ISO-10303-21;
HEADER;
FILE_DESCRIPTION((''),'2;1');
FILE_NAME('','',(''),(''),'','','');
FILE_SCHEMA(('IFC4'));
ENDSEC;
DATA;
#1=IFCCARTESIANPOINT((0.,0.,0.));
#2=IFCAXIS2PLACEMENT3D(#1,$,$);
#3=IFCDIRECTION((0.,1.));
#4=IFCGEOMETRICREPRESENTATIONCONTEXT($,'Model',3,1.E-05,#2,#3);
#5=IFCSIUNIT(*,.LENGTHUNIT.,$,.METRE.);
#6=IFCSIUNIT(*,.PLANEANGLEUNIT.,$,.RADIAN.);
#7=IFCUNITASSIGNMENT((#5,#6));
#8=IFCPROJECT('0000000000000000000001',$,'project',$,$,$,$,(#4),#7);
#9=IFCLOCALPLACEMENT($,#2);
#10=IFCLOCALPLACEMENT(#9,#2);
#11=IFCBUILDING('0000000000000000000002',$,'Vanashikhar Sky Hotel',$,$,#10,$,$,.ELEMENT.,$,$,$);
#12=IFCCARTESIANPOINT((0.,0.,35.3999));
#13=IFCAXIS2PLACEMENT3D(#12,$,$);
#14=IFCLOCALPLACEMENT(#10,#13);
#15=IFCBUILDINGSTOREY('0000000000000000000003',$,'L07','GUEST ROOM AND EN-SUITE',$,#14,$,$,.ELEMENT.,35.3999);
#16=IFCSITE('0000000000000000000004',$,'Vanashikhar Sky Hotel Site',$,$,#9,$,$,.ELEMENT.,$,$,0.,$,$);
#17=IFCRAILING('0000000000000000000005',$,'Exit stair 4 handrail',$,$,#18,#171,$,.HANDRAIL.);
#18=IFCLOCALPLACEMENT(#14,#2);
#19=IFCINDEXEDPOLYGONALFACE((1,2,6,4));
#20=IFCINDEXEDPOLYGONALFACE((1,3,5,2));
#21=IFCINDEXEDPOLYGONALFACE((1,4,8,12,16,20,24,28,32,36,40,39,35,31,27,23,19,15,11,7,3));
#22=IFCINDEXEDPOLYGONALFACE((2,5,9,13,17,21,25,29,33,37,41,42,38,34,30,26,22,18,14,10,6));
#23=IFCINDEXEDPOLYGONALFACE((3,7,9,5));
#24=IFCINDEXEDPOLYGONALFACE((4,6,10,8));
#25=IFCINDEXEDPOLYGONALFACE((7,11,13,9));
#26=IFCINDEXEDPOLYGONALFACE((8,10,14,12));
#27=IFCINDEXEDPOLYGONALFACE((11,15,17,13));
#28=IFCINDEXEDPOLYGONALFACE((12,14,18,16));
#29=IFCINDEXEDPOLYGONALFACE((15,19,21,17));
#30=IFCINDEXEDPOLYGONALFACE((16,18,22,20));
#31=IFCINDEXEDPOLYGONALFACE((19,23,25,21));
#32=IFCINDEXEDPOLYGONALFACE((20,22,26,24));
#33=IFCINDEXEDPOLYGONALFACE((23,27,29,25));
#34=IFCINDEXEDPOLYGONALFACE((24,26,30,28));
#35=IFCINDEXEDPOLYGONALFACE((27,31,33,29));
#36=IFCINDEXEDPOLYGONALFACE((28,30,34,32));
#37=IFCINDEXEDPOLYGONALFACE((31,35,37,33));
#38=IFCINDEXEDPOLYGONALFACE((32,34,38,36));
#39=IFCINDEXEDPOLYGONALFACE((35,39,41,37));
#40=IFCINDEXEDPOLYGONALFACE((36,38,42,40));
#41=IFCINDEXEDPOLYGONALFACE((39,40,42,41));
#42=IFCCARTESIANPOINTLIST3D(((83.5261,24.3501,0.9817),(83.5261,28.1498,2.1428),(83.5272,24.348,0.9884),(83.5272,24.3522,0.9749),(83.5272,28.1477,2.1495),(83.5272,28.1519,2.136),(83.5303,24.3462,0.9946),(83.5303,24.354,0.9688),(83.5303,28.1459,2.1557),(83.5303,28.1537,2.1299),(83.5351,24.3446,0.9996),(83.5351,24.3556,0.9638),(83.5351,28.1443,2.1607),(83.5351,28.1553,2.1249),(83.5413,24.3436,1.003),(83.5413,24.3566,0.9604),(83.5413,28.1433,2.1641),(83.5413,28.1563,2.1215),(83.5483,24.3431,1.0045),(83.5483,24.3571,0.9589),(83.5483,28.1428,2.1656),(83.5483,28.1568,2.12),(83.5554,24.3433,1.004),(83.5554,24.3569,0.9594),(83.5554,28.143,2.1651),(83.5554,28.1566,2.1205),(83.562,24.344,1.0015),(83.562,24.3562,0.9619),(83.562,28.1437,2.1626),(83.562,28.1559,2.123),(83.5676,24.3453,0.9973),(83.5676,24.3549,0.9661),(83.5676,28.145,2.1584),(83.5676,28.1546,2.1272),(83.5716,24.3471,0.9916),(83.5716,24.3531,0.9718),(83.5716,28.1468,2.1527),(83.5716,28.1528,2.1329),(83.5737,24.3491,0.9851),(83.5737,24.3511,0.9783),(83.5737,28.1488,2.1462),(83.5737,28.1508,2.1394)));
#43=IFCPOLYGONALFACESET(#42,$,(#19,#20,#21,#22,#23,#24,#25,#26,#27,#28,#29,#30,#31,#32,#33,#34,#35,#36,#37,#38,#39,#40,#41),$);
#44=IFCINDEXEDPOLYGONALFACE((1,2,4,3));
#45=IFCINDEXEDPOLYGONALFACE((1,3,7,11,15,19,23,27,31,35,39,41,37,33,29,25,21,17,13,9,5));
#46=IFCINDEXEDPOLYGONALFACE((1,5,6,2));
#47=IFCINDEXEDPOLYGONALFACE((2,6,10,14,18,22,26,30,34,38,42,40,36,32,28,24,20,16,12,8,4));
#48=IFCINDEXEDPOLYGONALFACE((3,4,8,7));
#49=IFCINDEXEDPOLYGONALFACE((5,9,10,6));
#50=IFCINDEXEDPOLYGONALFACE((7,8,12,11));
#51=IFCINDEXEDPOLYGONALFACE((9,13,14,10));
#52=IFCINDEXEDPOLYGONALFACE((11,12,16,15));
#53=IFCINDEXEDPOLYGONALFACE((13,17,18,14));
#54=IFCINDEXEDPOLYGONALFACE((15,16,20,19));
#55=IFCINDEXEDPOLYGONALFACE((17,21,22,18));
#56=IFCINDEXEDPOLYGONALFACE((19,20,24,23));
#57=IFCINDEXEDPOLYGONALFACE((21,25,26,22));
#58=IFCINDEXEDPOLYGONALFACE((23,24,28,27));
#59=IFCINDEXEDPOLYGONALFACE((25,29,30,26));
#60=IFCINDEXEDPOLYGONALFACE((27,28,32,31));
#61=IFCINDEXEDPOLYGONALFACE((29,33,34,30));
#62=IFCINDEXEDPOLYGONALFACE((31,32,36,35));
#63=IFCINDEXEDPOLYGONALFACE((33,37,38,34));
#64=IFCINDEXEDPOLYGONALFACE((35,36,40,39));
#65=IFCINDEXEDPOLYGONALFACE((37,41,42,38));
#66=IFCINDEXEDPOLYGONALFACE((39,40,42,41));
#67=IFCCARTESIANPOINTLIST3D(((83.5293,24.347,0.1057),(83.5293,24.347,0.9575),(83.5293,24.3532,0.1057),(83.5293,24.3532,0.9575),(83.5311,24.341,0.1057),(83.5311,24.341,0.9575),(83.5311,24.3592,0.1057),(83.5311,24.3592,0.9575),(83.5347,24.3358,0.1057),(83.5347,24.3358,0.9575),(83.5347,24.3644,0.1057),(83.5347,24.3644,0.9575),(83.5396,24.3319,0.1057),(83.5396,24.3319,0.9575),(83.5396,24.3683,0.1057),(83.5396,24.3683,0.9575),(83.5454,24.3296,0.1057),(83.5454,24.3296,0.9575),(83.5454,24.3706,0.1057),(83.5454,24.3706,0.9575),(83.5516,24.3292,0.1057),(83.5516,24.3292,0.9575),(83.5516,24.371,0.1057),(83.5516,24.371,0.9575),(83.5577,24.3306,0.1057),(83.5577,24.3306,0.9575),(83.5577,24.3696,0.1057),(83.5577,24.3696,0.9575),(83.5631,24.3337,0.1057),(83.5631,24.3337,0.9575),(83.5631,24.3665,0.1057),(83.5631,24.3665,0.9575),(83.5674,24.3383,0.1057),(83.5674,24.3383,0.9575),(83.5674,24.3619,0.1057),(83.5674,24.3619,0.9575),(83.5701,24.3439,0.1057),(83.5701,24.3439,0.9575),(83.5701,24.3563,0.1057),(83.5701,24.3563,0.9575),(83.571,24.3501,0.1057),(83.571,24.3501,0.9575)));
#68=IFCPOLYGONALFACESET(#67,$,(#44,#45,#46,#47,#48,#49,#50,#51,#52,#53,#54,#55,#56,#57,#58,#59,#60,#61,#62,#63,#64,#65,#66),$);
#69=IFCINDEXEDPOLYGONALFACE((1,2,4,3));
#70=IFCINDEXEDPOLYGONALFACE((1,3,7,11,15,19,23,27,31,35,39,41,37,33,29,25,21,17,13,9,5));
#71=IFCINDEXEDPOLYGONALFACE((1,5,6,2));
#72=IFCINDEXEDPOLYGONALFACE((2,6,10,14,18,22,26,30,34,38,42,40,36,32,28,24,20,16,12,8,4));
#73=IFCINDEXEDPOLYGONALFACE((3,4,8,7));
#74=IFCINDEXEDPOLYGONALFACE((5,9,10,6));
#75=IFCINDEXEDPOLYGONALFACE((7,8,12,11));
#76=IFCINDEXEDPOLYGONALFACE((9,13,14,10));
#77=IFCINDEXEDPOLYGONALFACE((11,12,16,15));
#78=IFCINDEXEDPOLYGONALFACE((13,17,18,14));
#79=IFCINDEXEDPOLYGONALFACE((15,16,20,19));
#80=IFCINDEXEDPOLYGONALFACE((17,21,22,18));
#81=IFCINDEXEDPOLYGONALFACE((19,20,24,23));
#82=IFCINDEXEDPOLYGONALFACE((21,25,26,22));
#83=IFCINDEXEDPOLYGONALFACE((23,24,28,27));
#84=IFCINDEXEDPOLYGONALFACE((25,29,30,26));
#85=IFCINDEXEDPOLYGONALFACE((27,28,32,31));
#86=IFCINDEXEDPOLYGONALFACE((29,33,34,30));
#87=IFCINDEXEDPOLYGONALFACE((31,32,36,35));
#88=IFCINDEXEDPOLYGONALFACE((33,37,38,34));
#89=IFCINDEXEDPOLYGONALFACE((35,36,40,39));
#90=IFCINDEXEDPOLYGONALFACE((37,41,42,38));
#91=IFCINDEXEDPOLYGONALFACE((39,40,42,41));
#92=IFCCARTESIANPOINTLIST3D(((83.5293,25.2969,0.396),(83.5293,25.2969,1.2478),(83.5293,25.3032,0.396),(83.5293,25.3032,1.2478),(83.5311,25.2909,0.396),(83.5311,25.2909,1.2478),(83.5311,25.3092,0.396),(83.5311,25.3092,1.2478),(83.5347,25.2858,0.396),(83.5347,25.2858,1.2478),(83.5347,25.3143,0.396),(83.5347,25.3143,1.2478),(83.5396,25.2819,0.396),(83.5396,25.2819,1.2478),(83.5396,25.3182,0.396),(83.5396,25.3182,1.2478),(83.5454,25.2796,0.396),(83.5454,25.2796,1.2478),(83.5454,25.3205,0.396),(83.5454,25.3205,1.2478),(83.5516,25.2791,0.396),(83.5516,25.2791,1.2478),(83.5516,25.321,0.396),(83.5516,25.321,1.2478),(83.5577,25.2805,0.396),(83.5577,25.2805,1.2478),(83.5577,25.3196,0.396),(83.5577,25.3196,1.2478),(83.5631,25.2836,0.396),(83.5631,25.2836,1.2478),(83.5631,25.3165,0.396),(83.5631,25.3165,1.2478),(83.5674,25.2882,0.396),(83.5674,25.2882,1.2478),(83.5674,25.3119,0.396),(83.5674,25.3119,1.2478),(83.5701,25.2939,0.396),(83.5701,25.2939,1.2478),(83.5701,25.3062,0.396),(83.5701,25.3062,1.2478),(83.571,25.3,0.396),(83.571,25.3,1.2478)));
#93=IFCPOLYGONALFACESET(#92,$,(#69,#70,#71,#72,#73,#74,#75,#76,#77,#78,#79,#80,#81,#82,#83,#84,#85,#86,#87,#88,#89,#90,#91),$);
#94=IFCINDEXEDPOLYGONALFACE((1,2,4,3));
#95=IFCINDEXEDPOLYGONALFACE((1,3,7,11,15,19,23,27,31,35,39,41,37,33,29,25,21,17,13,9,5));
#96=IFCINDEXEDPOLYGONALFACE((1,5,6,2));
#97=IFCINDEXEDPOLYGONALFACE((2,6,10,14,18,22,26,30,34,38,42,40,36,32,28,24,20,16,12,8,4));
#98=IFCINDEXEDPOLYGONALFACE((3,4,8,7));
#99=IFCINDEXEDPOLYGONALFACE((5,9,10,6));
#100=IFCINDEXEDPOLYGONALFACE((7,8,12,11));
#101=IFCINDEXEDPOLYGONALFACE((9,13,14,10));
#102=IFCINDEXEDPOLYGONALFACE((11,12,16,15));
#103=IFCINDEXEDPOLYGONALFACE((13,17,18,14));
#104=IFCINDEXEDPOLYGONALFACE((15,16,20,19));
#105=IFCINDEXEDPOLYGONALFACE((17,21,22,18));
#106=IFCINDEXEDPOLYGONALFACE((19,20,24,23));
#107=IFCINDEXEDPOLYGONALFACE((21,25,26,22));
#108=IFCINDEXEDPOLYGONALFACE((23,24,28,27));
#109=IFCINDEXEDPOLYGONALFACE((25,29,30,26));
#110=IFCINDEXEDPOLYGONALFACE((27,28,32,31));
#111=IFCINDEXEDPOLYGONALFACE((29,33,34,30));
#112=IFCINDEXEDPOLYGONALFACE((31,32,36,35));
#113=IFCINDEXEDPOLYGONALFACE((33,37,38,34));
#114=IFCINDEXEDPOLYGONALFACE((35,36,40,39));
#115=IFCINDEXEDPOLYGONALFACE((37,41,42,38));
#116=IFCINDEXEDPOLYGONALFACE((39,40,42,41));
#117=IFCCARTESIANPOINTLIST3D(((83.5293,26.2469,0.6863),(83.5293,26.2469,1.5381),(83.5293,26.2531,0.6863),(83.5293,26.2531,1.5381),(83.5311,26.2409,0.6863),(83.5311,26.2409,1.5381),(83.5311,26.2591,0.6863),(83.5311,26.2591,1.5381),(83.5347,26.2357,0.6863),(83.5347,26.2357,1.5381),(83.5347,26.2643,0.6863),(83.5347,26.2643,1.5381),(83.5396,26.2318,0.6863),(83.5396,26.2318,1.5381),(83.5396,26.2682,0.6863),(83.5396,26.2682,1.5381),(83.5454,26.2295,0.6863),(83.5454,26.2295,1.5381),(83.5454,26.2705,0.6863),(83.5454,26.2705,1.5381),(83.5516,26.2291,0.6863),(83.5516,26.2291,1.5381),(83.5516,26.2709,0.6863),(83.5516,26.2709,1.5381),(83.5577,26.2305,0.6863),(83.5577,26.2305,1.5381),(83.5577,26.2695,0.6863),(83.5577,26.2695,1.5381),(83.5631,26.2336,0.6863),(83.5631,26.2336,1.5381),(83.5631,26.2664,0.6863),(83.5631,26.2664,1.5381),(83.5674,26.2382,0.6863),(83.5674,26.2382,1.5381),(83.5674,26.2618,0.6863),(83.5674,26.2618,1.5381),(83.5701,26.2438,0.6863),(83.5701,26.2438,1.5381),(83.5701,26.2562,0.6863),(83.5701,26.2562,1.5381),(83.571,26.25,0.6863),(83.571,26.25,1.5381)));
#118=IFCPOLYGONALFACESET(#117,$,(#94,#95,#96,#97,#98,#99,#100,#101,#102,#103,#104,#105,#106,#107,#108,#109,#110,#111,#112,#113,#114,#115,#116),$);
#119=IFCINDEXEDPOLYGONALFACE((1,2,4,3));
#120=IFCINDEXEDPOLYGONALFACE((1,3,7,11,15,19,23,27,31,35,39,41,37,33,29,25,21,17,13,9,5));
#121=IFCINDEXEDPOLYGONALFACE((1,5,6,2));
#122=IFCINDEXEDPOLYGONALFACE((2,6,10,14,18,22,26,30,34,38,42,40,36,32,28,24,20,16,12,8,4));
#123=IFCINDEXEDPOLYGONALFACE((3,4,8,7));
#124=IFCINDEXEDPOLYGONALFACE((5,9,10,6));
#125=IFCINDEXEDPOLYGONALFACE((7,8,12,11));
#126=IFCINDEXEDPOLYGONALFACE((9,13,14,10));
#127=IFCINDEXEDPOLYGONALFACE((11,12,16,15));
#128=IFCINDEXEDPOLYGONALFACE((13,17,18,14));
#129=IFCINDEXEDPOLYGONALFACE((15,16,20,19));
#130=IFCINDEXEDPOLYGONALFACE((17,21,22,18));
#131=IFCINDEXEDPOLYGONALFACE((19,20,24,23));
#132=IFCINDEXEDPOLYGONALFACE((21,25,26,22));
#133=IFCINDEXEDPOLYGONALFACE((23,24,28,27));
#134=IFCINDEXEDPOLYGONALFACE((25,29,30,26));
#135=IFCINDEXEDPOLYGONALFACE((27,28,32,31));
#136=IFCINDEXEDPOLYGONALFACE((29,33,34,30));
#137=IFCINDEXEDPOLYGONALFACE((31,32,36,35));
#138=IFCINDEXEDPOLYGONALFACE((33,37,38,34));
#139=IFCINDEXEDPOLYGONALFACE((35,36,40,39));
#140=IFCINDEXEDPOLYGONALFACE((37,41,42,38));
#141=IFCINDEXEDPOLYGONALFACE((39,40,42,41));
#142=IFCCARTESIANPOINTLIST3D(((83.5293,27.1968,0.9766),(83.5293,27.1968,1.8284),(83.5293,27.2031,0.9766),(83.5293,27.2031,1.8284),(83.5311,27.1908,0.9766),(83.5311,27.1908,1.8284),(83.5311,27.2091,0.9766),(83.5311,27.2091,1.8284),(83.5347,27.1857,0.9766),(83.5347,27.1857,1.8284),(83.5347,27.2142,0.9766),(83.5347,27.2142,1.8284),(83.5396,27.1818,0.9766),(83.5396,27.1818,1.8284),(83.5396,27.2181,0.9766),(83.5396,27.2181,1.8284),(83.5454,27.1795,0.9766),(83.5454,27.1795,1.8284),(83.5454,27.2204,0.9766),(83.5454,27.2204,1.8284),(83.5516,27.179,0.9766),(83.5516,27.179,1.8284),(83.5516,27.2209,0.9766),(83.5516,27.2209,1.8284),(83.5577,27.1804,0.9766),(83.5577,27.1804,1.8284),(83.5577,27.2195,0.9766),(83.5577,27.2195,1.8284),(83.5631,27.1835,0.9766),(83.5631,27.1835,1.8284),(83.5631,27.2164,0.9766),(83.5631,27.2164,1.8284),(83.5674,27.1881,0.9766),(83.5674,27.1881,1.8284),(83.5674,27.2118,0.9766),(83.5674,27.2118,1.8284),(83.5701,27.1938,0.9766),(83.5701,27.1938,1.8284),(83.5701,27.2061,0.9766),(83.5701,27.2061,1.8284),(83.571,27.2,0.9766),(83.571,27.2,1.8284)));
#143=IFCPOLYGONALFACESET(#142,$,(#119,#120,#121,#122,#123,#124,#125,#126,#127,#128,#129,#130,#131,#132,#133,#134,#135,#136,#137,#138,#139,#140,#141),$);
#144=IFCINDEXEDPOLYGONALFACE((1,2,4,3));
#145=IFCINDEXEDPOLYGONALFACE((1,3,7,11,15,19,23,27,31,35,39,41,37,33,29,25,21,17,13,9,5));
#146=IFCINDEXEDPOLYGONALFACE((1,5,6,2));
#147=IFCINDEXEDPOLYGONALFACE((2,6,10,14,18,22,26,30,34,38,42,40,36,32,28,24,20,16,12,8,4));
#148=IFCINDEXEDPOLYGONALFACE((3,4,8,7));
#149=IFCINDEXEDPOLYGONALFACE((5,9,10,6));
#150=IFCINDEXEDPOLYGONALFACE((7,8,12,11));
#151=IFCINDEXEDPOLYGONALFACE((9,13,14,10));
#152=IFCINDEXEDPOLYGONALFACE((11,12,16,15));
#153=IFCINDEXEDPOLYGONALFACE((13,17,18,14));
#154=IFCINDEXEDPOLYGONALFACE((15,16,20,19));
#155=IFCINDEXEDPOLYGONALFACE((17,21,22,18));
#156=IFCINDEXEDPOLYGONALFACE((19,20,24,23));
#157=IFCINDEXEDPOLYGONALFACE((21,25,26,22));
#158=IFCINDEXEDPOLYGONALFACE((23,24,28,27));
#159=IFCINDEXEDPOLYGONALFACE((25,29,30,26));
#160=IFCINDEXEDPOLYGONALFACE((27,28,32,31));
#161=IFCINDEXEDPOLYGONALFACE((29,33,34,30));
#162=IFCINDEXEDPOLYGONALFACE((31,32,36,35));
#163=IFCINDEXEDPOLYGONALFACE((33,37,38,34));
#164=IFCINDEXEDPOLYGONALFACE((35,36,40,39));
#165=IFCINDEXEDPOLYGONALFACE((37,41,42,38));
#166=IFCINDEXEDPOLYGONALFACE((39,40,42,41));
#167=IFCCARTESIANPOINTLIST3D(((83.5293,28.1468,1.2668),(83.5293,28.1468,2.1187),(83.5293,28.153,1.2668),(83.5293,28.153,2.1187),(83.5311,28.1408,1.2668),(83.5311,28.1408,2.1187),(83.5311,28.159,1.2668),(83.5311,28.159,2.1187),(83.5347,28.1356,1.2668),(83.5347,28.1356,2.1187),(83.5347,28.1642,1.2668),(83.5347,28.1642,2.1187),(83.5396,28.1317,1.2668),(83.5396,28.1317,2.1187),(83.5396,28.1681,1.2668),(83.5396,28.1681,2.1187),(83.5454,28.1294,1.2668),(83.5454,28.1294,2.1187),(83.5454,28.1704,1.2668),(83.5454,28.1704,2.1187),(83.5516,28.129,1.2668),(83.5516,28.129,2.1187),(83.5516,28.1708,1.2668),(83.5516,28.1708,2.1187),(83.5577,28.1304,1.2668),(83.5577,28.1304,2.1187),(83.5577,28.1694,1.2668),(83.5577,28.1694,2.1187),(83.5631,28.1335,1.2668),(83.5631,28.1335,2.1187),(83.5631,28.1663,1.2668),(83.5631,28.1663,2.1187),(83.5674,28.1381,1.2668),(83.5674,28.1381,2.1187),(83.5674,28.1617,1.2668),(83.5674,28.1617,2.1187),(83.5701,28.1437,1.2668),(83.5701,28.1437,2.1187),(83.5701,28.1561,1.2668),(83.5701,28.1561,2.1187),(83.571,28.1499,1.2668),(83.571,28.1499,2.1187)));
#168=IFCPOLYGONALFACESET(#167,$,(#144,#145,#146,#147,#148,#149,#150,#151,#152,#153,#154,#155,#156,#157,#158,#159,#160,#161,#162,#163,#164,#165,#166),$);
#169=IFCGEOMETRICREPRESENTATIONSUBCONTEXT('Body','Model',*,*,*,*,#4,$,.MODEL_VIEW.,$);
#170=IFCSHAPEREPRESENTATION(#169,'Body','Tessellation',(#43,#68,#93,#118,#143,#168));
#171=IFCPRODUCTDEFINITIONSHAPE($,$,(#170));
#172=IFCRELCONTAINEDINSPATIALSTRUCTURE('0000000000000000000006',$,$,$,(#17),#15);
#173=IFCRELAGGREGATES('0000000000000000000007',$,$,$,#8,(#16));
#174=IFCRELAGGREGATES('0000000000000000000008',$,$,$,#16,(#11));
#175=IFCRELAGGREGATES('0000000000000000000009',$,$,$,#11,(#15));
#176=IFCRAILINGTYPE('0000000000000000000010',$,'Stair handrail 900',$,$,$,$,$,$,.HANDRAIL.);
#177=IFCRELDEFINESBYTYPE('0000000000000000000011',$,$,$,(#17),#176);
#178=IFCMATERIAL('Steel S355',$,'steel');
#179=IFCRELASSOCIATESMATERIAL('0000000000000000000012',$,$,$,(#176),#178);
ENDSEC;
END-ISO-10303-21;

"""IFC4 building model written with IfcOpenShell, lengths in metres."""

from ifc_helpers import new_model, si_unit, direction, frame, origin, origin_2d, place, context, subcontext, project, spatial, circle, extrude, source, transform, mapped, material, type_object, element, save


model = new_model("IFC4")

# Units and contexts
model_context = context("Model", 3, precision=1e-05, world=origin(), true_north=direction((0.0, 1.0)))
body_context = subcontext(model_context, "Body", "Model", "MODEL_VIEW")
ifc_project = project(units=[si_unit("LENGTHUNIT", "METRE"), si_unit("PLANEANGLEUNIT", "RADIAN")], contexts=[model_context])

# Site, building, storey
site_placement = place(None, origin())
site = spatial("IfcSite", under=ifc_project, at=site_placement, Name="Vanashikhar Sky Hotel Site", CompositionType="ELEMENT", RefElevation=0.0)
building_placement = place(site_placement, origin())
building = spatial("IfcBuilding", under=site, at=building_placement, Name="Vanashikhar Sky Hotel", CompositionType="ELEMENT")
storey_placement = place(building_placement, frame((0.0, 0.0, 35.3999)))
storey = spatial("IfcBuildingStorey", under=building, at=storey_placement, Name="L07", Description="GUEST ROOM AND EN-SUITE", CompositionType="ELEMENT", Elevation=35.3999)

# Railing
ifc_material_1 = material(Name="Steel S355", Category="steel")
railing_type_1 = type_object("IfcRailingType", Name="Stair handrail 900", PredefinedType="HANDRAIL", material=ifc_material_1)
shared_shape_1 = source(origin(), body_context, "Body", "SweptSolid", [
    extrude(circle(Radius=0.0239, at=origin_2d()), frame((0.0, 0.0, 0.876), z_axis=(0.0, 0.956346, 0.292237), x_axis=(-1.0, 0.0, 0.0)), (0.0, 0.0, 1.0), 3.9731),
    extrude(circle(Radius=0.021, at=origin_2d()), origin(), (0.0, 0.0, 1.0), 0.8518),
    extrude(circle(Radius=0.021, at=origin_2d()), frame((0.0, 0.95, 0.2903)), (0.0, 0.0, 1.0), 0.8518),
    extrude(circle(Radius=0.021, at=origin_2d()), frame((0.0, 1.8999, 0.5806)), (0.0, 0.0, 1.0), 0.8518),
    extrude(circle(Radius=0.021, at=origin_2d()), frame((0.0, 2.8499, 0.8708)), (0.0, 0.0, 1.0), 0.8518),
    extrude(circle(Radius=0.021, at=origin_2d()), frame((0.0, 3.7998, 1.1611)), (0.0, 0.0, 1.0), 0.8518),
])
for number, where, name in (
    (1, (83.55, 24.3501, 0.1057), "Exit stair 4 handrail"),
):
    element("IfcRailing", number, at=place(storey_placement, frame(where)), inside=storey, type_object=railing_type_1, Name=name, PredefinedType="HANDRAIL", context=body_context, shape_type="MappedRepresentation", body=[
        mapped(shared_shape_1, transform((0.0, 0.0, 0.0), scale=1.0)),
    ])

save(model, "model.ifc")
